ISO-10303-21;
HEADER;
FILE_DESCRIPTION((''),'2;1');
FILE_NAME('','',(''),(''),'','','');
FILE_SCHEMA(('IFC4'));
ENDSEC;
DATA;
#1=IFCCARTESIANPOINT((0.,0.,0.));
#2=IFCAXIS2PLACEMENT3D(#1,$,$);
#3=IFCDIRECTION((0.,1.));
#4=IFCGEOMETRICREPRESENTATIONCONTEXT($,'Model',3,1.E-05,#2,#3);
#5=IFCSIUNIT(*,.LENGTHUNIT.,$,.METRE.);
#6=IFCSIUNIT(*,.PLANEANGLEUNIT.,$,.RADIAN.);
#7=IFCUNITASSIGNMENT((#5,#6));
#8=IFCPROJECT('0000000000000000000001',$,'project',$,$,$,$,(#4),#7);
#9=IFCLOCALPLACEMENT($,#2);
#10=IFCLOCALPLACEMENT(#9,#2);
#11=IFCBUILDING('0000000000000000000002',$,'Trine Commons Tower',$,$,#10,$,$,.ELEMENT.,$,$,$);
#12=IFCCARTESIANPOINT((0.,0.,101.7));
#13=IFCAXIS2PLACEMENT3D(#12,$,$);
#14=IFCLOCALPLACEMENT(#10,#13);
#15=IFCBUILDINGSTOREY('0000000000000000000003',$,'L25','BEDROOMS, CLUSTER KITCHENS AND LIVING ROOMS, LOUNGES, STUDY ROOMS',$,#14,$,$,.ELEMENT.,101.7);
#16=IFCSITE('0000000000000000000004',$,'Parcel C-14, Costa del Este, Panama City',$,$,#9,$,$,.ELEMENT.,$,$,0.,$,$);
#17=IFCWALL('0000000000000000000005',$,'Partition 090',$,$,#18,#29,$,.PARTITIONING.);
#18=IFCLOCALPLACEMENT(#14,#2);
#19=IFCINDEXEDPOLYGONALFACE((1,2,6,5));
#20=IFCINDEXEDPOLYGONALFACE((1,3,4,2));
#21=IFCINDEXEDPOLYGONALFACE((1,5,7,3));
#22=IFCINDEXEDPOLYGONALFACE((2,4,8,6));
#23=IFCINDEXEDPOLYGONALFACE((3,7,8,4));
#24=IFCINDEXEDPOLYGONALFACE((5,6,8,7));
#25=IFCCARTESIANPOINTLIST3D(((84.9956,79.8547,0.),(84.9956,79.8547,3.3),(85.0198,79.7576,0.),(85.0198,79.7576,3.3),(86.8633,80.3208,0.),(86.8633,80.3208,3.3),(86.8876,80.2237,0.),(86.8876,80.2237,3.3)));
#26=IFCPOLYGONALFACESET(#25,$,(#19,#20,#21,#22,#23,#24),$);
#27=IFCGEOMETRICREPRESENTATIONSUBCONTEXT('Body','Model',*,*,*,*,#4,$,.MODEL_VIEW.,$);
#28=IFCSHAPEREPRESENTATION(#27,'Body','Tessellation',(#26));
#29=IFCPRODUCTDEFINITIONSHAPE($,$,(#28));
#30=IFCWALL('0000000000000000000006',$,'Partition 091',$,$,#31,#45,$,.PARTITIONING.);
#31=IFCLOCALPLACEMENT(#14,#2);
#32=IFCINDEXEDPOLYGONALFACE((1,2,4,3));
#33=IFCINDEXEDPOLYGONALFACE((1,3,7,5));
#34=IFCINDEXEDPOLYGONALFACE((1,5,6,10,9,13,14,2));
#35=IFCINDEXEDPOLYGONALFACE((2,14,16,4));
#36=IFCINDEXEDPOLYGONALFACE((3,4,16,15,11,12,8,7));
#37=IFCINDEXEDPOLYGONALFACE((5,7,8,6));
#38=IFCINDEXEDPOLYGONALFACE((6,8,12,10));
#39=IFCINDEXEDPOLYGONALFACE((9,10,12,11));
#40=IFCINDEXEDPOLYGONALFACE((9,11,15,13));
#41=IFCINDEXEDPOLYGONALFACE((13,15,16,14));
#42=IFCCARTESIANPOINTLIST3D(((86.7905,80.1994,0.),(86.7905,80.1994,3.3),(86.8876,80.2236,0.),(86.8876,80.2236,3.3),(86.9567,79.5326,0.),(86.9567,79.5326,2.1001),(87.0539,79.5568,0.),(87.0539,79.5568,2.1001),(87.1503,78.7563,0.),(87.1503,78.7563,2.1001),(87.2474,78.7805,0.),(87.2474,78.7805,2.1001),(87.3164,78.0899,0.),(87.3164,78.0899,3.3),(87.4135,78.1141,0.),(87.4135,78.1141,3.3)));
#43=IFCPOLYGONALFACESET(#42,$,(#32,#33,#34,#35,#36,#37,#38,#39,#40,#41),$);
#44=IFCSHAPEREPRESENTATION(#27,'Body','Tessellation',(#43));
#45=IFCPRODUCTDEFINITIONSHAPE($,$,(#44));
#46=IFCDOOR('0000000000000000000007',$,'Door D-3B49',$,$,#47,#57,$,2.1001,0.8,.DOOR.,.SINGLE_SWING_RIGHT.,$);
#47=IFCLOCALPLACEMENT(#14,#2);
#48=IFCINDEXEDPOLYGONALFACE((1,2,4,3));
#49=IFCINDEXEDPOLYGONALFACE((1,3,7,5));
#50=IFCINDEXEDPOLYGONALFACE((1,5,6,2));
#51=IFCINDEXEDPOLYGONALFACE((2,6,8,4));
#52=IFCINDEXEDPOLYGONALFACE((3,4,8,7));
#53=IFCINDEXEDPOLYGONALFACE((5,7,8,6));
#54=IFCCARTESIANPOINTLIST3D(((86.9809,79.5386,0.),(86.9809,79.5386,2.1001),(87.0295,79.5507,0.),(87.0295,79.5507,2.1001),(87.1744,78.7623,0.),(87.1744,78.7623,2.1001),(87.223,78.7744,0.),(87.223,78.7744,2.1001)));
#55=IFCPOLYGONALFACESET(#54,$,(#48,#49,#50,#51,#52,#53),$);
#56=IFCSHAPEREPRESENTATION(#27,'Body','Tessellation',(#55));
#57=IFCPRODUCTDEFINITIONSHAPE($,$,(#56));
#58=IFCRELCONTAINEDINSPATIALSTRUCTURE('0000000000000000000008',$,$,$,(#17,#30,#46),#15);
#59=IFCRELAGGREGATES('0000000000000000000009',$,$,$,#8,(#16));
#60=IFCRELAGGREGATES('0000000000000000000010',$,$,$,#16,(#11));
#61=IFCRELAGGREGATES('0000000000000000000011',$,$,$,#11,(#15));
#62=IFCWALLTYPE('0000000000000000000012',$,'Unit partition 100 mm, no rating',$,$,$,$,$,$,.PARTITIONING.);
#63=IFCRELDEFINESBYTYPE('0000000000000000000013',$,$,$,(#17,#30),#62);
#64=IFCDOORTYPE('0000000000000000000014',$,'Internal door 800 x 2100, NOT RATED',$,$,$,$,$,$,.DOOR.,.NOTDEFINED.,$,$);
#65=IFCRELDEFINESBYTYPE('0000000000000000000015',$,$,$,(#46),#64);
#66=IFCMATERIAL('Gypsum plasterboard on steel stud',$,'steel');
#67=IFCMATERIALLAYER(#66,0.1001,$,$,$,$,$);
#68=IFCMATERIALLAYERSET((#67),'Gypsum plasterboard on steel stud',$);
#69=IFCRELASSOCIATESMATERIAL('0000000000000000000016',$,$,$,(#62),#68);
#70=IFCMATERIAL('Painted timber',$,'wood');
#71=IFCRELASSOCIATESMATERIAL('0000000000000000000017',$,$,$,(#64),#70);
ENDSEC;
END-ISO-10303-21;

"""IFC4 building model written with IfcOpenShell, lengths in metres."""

from ifc_helpers import new_model, si_unit, direction, frame, frame_2d, origin, place, context, subcontext, project, spatial, rectangle, extrude, material, layer, layer_set, type_object, element, fill, save


model = new_model("IFC4")

# Units and contexts
model_context = context("Model", 3, precision=1e-05, world=origin(), true_north=direction((0.0, 1.0)))
body_context = subcontext(model_context, "Body", "Model", "MODEL_VIEW")
ifc_project = project(units=[si_unit("LENGTHUNIT", "METRE"), si_unit("PLANEANGLEUNIT", "RADIAN")], contexts=[model_context])

# Site, building, storey
site_placement = place(None, origin())
site = spatial("IfcSite", under=ifc_project, at=site_placement, Name="Parcel C-14, Costa del Este, Panama City", CompositionType="ELEMENT", RefElevation=0.0)
building_placement = place(site_placement, origin())
building = spatial("IfcBuilding", under=site, at=building_placement, Name="Trine Commons Tower", CompositionType="ELEMENT")
storey_placement = place(building_placement, frame((0.0, 0.0, 101.7)))
storey = spatial("IfcBuildingStorey", under=building, at=storey_placement, Name="L25", Description="BEDROOMS, CLUSTER KITCHENS AND LIVING ROOMS, LOUNGES, STUDY ROOMS", CompositionType="ELEMENT", Elevation=101.7)

# Shared definitions
ifc_material_1 = material(Name="Gypsum plasterboard on steel stud", Category="steel")

# Shared definitions
ifc_layer_1 = layer(ifc_material_1, 0.1001)
ifc_layer_set_1 = layer_set([ifc_layer_1], Name="Gypsum plasterboard on steel stud")
wall_type_1 = type_object("IfcWallType", Name="Unit partition 100 mm, no rating", PredefinedType="PARTITIONING", material=ifc_layer_set_1)
ifc_material_2 = material(Name="Painted timber", Category="wood")
door_type = type_object("IfcDoorType", Name="Internal door 800 x 2100, NOT RATED", OperationType="NOTDEFINED", PredefinedType="DOOR", material=ifc_material_2)

# Wall
wall_1_placement = place(storey_placement, frame((85.0078, 79.8062, 0.0), z_axis=(0.0, 0.0, 1.0), x_axis=(0.970247, 0.242118, 0.0)))
element("IfcWall", 1, at=wall_1_placement, inside=storey, type_object=wall_type_1, Name="Partition 090", PredefinedType="PARTITIONING", context=body_context, shape_type="SweptSolid", body=[
    extrude(rectangle(XDim=1.925, YDim=0.1001, at=frame_2d((0.9624, 0.0))), origin(), (0.0, 0.0, 1.0), 3.3),
])

# Wall, opening, door
wall_2_placement = place(storey_placement, frame((86.8391, 80.2114, 0.0), z_axis=(0.0, 0.0, 1.0), x_axis=(0.241875, -0.970307, 0.0)))
wall_2 = element("IfcWall", 2, at=wall_2_placement, inside=storey, type_object=wall_type_1, Name="Partition 091", PredefinedType="PARTITIONING", context=body_context, shape_type="SweptSolid", body=[
    extrude(rectangle(XDim=2.1741, YDim=0.1001, at=frame_2d((1.0869, 0.0))), origin(), (0.0, 0.0, 1.0), 3.3),
])
opening_1_placement = place(wall_2_placement, frame((0.6873, 0.0, 0.0)))
opening_1 = element("IfcOpeningElement", 3, at=opening_1_placement, cuts=wall_2, PredefinedType="OPENING", context=body_context, shape_type="SweptSolid", body=[
    extrude(rectangle(XDim=0.8, YDim=2.1001, at=frame_2d((0.3999, 1.05))), frame((0.0, 0.0601, 0.0), z_axis=(0.0, -1.0, 0.0), x_axis=(1.0, 0.0, 0.0)), (0.0, 0.0, 1.0), 0.1201),
])
door_1_placement = place(opening_1_placement, origin())
door_1 = element("IfcDoor", 4, at=door_1_placement, inside=storey, type_object=door_type, Name="Door D-3B49", OperationType="SINGLE_SWING_RIGHT", OverallHeight=2.1001, OverallWidth=0.8, PredefinedType="DOOR", context=body_context, shape_type="SweptSolid", body=[
    extrude(rectangle(XDim=0.8, YDim=2.1001, at=frame_2d((0.3999, 1.05))), frame((0.0, 0.0249, 0.0), z_axis=(0.0, -1.0, 0.0), x_axis=(1.0, 0.0, 0.0)), (0.0, 0.0, 1.0), 0.05),
])
fill(opening_1, door_1)

save(model, "model.ifc")
